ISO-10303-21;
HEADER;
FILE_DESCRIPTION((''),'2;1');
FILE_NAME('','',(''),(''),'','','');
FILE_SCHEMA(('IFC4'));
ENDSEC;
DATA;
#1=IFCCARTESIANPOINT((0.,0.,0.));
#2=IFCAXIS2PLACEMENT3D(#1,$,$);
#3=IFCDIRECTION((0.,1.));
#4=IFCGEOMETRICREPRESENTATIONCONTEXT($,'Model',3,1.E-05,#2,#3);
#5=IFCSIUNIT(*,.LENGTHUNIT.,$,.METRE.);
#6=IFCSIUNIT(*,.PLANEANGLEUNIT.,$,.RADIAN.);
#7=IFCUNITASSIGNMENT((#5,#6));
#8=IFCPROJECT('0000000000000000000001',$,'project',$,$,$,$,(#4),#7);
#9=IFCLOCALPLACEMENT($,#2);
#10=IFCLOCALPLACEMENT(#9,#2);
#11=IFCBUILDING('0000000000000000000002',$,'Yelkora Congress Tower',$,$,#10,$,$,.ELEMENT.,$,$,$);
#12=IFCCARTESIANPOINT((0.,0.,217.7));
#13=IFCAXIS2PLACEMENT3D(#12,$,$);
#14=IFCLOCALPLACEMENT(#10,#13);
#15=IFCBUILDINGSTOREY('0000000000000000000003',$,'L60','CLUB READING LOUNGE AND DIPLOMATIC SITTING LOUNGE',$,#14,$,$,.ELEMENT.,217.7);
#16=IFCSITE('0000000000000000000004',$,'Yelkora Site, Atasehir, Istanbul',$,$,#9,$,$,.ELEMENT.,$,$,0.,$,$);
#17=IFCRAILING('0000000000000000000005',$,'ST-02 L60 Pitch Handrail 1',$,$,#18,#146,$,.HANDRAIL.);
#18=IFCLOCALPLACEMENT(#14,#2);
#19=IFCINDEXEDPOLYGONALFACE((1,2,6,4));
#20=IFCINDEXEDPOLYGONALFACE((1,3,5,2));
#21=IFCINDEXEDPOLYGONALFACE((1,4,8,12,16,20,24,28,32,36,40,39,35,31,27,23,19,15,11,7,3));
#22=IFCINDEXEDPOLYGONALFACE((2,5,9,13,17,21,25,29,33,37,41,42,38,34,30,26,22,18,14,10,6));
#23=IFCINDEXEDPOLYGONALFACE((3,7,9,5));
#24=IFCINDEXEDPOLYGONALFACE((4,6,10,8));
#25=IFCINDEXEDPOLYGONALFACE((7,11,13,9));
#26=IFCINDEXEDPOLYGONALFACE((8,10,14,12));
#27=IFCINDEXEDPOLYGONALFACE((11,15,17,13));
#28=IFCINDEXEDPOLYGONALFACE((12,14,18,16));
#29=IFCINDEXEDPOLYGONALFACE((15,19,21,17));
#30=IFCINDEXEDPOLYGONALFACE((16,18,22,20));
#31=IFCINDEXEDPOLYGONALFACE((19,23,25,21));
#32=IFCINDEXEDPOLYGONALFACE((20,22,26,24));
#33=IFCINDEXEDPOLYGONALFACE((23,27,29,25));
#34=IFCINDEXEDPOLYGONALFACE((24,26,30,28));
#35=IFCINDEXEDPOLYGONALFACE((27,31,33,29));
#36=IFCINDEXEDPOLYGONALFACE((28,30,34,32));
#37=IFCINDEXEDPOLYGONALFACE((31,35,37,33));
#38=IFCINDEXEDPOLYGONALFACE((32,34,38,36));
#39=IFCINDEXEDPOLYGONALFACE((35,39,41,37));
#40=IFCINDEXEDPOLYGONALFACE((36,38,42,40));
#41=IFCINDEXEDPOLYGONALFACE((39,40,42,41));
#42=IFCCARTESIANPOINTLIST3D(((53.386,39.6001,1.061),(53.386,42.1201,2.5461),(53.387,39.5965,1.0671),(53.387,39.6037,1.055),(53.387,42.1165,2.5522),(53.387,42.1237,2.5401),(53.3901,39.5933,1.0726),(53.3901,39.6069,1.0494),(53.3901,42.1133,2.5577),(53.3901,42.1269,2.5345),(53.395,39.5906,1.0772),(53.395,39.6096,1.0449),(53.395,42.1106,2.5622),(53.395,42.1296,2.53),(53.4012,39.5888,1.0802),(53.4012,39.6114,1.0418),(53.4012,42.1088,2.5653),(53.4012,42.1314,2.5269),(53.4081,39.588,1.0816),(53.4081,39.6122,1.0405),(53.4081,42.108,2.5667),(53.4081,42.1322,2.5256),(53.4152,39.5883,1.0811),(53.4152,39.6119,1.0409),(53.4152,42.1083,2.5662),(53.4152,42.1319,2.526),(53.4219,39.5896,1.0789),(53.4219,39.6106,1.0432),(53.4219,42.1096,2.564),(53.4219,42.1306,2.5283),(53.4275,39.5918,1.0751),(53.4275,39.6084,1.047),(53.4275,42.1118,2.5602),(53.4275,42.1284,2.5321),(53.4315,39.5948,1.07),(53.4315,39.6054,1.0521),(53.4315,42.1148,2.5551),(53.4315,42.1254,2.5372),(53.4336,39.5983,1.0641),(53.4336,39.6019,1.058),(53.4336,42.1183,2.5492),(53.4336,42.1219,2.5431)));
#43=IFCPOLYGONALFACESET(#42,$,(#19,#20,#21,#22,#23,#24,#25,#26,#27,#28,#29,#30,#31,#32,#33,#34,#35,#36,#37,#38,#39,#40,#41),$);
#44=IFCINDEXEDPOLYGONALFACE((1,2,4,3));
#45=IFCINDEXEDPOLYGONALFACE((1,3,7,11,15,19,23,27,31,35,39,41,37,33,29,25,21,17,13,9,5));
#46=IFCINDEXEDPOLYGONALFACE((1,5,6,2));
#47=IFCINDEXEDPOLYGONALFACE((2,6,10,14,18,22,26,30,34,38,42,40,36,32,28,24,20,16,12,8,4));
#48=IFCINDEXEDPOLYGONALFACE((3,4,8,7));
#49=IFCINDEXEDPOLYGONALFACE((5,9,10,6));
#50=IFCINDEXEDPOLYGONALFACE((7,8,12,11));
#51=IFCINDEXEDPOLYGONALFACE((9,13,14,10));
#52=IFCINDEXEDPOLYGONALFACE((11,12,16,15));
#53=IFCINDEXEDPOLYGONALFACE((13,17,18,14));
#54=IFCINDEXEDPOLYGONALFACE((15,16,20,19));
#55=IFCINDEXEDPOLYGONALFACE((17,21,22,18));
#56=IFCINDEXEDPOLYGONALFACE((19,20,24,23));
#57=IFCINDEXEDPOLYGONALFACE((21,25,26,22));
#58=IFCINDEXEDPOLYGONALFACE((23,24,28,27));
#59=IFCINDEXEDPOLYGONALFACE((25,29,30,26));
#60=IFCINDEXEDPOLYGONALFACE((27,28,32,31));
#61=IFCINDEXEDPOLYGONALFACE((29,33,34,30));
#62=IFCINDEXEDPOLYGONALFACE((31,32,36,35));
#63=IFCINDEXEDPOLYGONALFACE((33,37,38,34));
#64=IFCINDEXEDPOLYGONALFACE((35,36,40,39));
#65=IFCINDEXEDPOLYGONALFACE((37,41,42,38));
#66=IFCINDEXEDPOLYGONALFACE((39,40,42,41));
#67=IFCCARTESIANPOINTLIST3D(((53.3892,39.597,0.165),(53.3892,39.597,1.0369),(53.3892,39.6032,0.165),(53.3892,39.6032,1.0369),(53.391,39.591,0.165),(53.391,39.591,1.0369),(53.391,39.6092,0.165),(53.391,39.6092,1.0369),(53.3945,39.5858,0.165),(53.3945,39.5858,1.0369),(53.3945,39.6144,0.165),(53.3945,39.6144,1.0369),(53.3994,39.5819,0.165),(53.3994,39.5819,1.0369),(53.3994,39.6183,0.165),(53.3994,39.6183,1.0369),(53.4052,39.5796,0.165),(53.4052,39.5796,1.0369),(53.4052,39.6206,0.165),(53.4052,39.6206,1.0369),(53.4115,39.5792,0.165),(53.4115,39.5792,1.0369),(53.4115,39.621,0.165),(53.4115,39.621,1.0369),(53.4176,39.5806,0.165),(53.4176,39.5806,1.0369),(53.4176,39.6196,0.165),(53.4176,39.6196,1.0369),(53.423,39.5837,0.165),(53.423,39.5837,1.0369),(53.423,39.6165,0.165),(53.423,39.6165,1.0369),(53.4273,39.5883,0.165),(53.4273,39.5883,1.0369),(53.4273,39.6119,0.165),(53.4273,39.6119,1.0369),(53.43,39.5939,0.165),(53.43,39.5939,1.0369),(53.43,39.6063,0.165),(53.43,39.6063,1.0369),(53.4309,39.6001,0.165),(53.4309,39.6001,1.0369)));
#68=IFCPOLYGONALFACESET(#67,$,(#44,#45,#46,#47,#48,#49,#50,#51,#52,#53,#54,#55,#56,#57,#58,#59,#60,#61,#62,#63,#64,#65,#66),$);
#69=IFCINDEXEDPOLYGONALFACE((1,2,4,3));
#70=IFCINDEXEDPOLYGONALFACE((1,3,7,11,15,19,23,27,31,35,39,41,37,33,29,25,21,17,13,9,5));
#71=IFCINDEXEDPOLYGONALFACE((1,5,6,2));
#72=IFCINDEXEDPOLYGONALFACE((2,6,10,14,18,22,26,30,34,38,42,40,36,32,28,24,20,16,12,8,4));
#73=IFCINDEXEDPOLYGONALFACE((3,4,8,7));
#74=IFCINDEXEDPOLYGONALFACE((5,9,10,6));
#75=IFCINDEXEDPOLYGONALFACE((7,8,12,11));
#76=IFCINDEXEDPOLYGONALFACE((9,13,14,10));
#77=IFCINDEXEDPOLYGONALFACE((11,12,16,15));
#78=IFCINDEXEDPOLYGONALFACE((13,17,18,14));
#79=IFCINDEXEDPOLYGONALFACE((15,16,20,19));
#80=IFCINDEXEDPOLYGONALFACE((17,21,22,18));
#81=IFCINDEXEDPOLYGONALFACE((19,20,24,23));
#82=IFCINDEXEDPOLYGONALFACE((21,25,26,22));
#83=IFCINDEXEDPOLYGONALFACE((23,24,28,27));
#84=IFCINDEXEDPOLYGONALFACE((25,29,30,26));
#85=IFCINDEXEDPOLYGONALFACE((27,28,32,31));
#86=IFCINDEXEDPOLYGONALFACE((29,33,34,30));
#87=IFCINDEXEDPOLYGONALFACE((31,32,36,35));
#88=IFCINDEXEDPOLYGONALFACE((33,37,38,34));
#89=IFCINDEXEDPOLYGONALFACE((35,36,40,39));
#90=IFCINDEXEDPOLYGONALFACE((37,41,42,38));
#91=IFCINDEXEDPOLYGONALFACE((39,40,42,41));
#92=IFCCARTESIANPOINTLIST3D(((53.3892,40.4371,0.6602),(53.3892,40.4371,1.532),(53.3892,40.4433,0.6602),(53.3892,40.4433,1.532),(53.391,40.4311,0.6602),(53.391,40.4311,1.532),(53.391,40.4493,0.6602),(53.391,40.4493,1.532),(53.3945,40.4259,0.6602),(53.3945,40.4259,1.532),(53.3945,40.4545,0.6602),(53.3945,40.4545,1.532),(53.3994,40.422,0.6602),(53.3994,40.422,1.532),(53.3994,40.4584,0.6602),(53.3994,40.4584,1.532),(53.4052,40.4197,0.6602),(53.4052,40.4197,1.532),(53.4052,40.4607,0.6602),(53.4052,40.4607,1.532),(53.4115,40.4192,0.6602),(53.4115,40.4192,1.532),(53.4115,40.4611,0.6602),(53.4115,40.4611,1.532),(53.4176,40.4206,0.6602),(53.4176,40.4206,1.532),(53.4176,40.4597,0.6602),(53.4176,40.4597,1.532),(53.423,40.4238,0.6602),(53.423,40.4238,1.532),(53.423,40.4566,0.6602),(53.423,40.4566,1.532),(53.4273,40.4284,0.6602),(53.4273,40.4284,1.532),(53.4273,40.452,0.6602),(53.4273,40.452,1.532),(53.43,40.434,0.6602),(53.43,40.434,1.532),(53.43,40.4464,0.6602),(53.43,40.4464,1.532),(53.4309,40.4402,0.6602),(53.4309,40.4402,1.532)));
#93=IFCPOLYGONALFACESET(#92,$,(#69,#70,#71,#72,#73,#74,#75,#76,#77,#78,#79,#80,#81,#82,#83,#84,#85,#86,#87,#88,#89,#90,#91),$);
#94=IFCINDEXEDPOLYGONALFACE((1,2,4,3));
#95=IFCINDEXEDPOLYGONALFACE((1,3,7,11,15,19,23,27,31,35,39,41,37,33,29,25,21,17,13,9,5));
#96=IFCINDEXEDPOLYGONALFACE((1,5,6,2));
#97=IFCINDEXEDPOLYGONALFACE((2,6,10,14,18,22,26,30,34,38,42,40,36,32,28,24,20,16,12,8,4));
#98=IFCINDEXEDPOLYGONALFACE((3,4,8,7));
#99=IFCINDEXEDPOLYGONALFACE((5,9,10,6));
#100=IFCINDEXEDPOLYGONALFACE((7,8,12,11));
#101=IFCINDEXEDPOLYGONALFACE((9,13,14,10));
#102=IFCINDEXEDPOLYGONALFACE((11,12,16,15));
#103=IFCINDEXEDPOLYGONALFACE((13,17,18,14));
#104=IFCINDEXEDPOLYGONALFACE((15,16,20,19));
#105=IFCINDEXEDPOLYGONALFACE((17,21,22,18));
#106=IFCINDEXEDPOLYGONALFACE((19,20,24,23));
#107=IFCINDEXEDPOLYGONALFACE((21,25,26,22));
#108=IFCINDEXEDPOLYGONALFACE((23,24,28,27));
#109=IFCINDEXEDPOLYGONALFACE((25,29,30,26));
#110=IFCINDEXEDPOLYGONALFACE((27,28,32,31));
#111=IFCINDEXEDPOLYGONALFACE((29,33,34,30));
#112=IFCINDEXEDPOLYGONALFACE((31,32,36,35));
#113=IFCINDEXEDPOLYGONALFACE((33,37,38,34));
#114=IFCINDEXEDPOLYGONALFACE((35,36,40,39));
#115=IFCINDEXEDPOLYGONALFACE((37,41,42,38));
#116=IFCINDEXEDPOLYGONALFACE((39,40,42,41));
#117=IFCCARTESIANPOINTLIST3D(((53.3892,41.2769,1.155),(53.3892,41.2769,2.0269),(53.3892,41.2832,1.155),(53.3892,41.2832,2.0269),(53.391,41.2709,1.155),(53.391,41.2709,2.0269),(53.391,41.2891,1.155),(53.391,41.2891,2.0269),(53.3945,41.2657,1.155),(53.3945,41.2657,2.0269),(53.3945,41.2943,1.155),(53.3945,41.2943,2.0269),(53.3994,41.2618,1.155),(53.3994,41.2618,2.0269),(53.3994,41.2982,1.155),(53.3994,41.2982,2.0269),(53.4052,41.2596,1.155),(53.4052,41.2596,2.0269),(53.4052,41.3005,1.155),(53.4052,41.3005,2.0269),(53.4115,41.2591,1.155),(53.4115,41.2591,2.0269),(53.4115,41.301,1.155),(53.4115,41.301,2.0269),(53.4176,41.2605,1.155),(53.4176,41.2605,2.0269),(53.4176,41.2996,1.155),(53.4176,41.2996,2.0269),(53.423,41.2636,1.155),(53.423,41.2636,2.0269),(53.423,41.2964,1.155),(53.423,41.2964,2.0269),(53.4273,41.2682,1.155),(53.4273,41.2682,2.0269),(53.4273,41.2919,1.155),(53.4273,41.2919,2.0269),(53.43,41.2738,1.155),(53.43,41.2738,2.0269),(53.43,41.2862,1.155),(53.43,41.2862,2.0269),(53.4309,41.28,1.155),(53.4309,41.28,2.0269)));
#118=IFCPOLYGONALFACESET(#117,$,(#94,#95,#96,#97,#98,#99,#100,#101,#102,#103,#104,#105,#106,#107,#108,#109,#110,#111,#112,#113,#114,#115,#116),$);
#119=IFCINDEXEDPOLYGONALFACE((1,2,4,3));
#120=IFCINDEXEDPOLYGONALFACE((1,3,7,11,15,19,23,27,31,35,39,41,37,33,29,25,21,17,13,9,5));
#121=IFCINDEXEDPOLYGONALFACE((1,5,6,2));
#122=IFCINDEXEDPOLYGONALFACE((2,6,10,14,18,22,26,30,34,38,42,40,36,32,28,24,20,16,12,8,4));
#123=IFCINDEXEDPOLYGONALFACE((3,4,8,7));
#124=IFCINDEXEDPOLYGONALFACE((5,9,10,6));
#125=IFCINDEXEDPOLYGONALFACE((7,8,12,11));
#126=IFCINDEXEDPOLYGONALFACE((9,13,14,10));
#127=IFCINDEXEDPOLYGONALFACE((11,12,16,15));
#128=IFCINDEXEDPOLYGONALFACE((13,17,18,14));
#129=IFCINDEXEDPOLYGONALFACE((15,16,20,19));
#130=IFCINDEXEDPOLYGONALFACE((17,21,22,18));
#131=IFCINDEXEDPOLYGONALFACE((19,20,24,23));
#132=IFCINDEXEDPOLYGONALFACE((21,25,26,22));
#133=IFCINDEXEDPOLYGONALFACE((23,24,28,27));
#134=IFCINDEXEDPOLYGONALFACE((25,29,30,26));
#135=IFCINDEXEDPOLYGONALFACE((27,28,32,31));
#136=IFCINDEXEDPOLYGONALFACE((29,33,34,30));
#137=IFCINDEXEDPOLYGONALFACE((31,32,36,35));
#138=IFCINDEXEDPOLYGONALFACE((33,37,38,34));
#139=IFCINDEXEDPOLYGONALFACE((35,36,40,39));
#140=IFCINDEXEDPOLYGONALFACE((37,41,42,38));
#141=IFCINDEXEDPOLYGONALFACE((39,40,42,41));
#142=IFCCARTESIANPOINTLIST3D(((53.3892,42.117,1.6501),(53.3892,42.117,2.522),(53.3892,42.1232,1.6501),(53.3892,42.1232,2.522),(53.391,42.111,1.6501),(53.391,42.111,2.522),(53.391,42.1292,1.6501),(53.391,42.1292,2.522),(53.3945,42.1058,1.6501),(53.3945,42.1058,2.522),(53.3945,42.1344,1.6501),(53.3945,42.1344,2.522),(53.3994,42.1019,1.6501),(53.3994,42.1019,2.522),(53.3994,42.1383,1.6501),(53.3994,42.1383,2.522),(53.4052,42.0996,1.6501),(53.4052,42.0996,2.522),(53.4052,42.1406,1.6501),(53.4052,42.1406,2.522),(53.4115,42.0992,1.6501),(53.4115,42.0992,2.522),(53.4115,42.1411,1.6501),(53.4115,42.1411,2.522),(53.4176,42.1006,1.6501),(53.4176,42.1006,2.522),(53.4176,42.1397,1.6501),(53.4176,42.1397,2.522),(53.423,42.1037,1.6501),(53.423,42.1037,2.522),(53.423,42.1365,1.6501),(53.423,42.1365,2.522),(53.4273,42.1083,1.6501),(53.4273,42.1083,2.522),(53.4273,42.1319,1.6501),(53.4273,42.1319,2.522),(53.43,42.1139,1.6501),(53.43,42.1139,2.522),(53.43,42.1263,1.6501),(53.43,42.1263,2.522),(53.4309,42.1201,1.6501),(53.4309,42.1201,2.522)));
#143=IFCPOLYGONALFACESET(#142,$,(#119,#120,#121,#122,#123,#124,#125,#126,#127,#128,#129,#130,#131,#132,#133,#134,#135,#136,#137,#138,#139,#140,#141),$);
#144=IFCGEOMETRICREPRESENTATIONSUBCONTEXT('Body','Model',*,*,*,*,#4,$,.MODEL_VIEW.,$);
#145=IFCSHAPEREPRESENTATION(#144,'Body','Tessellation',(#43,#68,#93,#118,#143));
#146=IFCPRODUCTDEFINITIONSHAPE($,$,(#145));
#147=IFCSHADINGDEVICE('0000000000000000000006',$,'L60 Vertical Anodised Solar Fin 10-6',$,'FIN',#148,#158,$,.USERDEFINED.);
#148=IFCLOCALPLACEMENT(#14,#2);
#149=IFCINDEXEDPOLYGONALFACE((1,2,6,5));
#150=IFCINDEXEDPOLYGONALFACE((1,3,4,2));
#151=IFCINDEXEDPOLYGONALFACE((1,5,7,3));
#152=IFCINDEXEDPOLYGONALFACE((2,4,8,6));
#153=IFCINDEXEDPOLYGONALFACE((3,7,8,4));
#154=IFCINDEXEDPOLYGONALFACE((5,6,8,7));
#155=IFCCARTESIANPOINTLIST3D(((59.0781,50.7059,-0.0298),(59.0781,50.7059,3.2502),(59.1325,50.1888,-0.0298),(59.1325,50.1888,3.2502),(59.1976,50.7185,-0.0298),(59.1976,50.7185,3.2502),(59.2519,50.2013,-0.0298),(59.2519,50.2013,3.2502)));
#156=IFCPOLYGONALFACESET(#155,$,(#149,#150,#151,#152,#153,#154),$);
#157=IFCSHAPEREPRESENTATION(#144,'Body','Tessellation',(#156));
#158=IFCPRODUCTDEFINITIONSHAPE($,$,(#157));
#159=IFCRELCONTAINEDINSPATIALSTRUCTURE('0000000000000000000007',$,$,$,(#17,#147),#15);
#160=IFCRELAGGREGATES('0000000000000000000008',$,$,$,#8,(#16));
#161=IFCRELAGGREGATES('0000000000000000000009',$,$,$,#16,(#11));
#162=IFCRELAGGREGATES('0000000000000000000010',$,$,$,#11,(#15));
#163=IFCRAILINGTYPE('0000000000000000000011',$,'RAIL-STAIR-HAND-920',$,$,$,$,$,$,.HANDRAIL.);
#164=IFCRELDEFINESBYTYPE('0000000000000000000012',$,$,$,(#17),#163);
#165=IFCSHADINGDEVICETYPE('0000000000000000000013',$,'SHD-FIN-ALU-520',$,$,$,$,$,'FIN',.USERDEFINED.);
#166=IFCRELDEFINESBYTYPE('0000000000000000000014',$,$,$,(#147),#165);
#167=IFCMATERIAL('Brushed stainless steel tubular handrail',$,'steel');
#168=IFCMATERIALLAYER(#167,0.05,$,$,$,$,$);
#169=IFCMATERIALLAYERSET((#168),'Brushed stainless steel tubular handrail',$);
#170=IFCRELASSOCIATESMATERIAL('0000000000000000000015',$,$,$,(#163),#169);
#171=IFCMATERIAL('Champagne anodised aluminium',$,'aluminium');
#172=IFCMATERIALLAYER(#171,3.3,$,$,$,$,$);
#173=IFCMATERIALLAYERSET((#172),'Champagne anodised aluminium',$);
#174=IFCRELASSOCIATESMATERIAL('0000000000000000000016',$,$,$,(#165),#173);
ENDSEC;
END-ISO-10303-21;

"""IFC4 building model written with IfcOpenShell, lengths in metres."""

from ifc_helpers import new_model, si_unit, direction, frame, origin, origin_2d, place, context, subcontext, project, spatial, rectangle, circle, extrude, material, layer, layer_set, type_object, element, save


model = new_model("IFC4")

# Units and contexts
model_context = context("Model", 3, precision=1e-05, world=origin(), true_north=direction((0.0, 1.0)))
body_context = subcontext(model_context, "Body", "Model", "MODEL_VIEW")
ifc_project = project(units=[si_unit("LENGTHUNIT", "METRE"), si_unit("PLANEANGLEUNIT", "RADIAN")], contexts=[model_context])

# Site, building, storey
site_placement = place(None, origin())
site = spatial("IfcSite", under=ifc_project, at=site_placement, Name="Yelkora Site, Atasehir, Istanbul", CompositionType="ELEMENT", RefElevation=0.0)
building_placement = place(site_placement, origin())
building = spatial("IfcBuilding", under=site, at=building_placement, Name="Yelkora Congress Tower", CompositionType="ELEMENT")
storey_placement = place(building_placement, frame((0.0, 0.0, 217.7)))
storey = spatial("IfcBuildingStorey", under=building, at=storey_placement, Name="L60", Description="CLUB READING LOUNGE AND DIPLOMATIC SITTING LOUNGE", CompositionType="ELEMENT", Elevation=217.7)

# Railing
ifc_material_1 = material(Name="Brushed stainless steel tubular handrail", Category="steel")
ifc_layer_1 = layer(ifc_material_1, 0.05)
ifc_layer_set_1 = layer_set([ifc_layer_1], Name="Brushed stainless steel tubular handrail")
railing_type_1 = type_object("IfcRailingType", Name="RAIL-STAIR-HAND-920", PredefinedType="HANDRAIL", material=ifc_layer_set_1)
railing_1_placement = place(storey_placement, frame((53.4099, 39.6001, 0.165)))
element("IfcRailing", 1, at=railing_1_placement, inside=storey, type_object=railing_type_1, Name="ST-02 L60 Pitch Handrail 1", PredefinedType="HANDRAIL", context=body_context, shape_type="SweptSolid", body=[
    extrude(circle(Radius=0.0239, at=origin_2d()), frame((0.0, 0.0, 0.896), z_axis=(0.0, 0.861524, 0.507717), x_axis=(-1.0, 0.0, 0.0)), (0.0, 0.0, 1.0), 2.925),
    extrude(circle(Radius=0.021, at=origin_2d()), origin(), (0.0, 0.0, 1.0), 0.8718),
    extrude(circle(Radius=0.021, at=origin_2d()), frame((0.0, 0.8401, 0.4951)), (0.0, 0.0, 1.0), 0.8718),
    extrude(circle(Radius=0.021, at=origin_2d()), frame((0.0, 1.6799, 0.99)), (0.0, 0.0, 1.0), 0.8718),
    extrude(circle(Radius=0.021, at=origin_2d()), frame((0.0, 2.52, 1.4851)), (0.0, 0.0, 1.0), 0.8718),
])

# Shading device
ifc_material_2 = material(Name="Champagne anodised aluminium", Category="aluminium")
ifc_layer_2 = layer(ifc_material_2, 3.3)
ifc_layer_set_2 = layer_set([ifc_layer_2], Name="Champagne anodised aluminium")
shading_device_type = type_object("IfcShadingDeviceType", Name="SHD-FIN-ALU-520", ElementType="FIN", PredefinedType="USERDEFINED", material=ifc_layer_set_2)
shading_device_placement = place(storey_placement, frame((59.165, 50.4536, -0.0298), z_axis=(0.0, 0.0, 1.0), x_axis=(0.994522, 0.104528, 0.0)))
element("IfcShadingDevice", 2, at=shading_device_placement, inside=storey, type_object=shading_device_type, Name="L60 Vertical Anodised Solar Fin 10-6", ObjectType="FIN", PredefinedType="USERDEFINED", context=body_context, shape_type="SweptSolid", body=[
    extrude(rectangle(XDim=0.1201, YDim=0.52, at=origin_2d()), origin(), (0.0, 0.0, 1.0), 3.28),
])

save(model, "model.ifc")
